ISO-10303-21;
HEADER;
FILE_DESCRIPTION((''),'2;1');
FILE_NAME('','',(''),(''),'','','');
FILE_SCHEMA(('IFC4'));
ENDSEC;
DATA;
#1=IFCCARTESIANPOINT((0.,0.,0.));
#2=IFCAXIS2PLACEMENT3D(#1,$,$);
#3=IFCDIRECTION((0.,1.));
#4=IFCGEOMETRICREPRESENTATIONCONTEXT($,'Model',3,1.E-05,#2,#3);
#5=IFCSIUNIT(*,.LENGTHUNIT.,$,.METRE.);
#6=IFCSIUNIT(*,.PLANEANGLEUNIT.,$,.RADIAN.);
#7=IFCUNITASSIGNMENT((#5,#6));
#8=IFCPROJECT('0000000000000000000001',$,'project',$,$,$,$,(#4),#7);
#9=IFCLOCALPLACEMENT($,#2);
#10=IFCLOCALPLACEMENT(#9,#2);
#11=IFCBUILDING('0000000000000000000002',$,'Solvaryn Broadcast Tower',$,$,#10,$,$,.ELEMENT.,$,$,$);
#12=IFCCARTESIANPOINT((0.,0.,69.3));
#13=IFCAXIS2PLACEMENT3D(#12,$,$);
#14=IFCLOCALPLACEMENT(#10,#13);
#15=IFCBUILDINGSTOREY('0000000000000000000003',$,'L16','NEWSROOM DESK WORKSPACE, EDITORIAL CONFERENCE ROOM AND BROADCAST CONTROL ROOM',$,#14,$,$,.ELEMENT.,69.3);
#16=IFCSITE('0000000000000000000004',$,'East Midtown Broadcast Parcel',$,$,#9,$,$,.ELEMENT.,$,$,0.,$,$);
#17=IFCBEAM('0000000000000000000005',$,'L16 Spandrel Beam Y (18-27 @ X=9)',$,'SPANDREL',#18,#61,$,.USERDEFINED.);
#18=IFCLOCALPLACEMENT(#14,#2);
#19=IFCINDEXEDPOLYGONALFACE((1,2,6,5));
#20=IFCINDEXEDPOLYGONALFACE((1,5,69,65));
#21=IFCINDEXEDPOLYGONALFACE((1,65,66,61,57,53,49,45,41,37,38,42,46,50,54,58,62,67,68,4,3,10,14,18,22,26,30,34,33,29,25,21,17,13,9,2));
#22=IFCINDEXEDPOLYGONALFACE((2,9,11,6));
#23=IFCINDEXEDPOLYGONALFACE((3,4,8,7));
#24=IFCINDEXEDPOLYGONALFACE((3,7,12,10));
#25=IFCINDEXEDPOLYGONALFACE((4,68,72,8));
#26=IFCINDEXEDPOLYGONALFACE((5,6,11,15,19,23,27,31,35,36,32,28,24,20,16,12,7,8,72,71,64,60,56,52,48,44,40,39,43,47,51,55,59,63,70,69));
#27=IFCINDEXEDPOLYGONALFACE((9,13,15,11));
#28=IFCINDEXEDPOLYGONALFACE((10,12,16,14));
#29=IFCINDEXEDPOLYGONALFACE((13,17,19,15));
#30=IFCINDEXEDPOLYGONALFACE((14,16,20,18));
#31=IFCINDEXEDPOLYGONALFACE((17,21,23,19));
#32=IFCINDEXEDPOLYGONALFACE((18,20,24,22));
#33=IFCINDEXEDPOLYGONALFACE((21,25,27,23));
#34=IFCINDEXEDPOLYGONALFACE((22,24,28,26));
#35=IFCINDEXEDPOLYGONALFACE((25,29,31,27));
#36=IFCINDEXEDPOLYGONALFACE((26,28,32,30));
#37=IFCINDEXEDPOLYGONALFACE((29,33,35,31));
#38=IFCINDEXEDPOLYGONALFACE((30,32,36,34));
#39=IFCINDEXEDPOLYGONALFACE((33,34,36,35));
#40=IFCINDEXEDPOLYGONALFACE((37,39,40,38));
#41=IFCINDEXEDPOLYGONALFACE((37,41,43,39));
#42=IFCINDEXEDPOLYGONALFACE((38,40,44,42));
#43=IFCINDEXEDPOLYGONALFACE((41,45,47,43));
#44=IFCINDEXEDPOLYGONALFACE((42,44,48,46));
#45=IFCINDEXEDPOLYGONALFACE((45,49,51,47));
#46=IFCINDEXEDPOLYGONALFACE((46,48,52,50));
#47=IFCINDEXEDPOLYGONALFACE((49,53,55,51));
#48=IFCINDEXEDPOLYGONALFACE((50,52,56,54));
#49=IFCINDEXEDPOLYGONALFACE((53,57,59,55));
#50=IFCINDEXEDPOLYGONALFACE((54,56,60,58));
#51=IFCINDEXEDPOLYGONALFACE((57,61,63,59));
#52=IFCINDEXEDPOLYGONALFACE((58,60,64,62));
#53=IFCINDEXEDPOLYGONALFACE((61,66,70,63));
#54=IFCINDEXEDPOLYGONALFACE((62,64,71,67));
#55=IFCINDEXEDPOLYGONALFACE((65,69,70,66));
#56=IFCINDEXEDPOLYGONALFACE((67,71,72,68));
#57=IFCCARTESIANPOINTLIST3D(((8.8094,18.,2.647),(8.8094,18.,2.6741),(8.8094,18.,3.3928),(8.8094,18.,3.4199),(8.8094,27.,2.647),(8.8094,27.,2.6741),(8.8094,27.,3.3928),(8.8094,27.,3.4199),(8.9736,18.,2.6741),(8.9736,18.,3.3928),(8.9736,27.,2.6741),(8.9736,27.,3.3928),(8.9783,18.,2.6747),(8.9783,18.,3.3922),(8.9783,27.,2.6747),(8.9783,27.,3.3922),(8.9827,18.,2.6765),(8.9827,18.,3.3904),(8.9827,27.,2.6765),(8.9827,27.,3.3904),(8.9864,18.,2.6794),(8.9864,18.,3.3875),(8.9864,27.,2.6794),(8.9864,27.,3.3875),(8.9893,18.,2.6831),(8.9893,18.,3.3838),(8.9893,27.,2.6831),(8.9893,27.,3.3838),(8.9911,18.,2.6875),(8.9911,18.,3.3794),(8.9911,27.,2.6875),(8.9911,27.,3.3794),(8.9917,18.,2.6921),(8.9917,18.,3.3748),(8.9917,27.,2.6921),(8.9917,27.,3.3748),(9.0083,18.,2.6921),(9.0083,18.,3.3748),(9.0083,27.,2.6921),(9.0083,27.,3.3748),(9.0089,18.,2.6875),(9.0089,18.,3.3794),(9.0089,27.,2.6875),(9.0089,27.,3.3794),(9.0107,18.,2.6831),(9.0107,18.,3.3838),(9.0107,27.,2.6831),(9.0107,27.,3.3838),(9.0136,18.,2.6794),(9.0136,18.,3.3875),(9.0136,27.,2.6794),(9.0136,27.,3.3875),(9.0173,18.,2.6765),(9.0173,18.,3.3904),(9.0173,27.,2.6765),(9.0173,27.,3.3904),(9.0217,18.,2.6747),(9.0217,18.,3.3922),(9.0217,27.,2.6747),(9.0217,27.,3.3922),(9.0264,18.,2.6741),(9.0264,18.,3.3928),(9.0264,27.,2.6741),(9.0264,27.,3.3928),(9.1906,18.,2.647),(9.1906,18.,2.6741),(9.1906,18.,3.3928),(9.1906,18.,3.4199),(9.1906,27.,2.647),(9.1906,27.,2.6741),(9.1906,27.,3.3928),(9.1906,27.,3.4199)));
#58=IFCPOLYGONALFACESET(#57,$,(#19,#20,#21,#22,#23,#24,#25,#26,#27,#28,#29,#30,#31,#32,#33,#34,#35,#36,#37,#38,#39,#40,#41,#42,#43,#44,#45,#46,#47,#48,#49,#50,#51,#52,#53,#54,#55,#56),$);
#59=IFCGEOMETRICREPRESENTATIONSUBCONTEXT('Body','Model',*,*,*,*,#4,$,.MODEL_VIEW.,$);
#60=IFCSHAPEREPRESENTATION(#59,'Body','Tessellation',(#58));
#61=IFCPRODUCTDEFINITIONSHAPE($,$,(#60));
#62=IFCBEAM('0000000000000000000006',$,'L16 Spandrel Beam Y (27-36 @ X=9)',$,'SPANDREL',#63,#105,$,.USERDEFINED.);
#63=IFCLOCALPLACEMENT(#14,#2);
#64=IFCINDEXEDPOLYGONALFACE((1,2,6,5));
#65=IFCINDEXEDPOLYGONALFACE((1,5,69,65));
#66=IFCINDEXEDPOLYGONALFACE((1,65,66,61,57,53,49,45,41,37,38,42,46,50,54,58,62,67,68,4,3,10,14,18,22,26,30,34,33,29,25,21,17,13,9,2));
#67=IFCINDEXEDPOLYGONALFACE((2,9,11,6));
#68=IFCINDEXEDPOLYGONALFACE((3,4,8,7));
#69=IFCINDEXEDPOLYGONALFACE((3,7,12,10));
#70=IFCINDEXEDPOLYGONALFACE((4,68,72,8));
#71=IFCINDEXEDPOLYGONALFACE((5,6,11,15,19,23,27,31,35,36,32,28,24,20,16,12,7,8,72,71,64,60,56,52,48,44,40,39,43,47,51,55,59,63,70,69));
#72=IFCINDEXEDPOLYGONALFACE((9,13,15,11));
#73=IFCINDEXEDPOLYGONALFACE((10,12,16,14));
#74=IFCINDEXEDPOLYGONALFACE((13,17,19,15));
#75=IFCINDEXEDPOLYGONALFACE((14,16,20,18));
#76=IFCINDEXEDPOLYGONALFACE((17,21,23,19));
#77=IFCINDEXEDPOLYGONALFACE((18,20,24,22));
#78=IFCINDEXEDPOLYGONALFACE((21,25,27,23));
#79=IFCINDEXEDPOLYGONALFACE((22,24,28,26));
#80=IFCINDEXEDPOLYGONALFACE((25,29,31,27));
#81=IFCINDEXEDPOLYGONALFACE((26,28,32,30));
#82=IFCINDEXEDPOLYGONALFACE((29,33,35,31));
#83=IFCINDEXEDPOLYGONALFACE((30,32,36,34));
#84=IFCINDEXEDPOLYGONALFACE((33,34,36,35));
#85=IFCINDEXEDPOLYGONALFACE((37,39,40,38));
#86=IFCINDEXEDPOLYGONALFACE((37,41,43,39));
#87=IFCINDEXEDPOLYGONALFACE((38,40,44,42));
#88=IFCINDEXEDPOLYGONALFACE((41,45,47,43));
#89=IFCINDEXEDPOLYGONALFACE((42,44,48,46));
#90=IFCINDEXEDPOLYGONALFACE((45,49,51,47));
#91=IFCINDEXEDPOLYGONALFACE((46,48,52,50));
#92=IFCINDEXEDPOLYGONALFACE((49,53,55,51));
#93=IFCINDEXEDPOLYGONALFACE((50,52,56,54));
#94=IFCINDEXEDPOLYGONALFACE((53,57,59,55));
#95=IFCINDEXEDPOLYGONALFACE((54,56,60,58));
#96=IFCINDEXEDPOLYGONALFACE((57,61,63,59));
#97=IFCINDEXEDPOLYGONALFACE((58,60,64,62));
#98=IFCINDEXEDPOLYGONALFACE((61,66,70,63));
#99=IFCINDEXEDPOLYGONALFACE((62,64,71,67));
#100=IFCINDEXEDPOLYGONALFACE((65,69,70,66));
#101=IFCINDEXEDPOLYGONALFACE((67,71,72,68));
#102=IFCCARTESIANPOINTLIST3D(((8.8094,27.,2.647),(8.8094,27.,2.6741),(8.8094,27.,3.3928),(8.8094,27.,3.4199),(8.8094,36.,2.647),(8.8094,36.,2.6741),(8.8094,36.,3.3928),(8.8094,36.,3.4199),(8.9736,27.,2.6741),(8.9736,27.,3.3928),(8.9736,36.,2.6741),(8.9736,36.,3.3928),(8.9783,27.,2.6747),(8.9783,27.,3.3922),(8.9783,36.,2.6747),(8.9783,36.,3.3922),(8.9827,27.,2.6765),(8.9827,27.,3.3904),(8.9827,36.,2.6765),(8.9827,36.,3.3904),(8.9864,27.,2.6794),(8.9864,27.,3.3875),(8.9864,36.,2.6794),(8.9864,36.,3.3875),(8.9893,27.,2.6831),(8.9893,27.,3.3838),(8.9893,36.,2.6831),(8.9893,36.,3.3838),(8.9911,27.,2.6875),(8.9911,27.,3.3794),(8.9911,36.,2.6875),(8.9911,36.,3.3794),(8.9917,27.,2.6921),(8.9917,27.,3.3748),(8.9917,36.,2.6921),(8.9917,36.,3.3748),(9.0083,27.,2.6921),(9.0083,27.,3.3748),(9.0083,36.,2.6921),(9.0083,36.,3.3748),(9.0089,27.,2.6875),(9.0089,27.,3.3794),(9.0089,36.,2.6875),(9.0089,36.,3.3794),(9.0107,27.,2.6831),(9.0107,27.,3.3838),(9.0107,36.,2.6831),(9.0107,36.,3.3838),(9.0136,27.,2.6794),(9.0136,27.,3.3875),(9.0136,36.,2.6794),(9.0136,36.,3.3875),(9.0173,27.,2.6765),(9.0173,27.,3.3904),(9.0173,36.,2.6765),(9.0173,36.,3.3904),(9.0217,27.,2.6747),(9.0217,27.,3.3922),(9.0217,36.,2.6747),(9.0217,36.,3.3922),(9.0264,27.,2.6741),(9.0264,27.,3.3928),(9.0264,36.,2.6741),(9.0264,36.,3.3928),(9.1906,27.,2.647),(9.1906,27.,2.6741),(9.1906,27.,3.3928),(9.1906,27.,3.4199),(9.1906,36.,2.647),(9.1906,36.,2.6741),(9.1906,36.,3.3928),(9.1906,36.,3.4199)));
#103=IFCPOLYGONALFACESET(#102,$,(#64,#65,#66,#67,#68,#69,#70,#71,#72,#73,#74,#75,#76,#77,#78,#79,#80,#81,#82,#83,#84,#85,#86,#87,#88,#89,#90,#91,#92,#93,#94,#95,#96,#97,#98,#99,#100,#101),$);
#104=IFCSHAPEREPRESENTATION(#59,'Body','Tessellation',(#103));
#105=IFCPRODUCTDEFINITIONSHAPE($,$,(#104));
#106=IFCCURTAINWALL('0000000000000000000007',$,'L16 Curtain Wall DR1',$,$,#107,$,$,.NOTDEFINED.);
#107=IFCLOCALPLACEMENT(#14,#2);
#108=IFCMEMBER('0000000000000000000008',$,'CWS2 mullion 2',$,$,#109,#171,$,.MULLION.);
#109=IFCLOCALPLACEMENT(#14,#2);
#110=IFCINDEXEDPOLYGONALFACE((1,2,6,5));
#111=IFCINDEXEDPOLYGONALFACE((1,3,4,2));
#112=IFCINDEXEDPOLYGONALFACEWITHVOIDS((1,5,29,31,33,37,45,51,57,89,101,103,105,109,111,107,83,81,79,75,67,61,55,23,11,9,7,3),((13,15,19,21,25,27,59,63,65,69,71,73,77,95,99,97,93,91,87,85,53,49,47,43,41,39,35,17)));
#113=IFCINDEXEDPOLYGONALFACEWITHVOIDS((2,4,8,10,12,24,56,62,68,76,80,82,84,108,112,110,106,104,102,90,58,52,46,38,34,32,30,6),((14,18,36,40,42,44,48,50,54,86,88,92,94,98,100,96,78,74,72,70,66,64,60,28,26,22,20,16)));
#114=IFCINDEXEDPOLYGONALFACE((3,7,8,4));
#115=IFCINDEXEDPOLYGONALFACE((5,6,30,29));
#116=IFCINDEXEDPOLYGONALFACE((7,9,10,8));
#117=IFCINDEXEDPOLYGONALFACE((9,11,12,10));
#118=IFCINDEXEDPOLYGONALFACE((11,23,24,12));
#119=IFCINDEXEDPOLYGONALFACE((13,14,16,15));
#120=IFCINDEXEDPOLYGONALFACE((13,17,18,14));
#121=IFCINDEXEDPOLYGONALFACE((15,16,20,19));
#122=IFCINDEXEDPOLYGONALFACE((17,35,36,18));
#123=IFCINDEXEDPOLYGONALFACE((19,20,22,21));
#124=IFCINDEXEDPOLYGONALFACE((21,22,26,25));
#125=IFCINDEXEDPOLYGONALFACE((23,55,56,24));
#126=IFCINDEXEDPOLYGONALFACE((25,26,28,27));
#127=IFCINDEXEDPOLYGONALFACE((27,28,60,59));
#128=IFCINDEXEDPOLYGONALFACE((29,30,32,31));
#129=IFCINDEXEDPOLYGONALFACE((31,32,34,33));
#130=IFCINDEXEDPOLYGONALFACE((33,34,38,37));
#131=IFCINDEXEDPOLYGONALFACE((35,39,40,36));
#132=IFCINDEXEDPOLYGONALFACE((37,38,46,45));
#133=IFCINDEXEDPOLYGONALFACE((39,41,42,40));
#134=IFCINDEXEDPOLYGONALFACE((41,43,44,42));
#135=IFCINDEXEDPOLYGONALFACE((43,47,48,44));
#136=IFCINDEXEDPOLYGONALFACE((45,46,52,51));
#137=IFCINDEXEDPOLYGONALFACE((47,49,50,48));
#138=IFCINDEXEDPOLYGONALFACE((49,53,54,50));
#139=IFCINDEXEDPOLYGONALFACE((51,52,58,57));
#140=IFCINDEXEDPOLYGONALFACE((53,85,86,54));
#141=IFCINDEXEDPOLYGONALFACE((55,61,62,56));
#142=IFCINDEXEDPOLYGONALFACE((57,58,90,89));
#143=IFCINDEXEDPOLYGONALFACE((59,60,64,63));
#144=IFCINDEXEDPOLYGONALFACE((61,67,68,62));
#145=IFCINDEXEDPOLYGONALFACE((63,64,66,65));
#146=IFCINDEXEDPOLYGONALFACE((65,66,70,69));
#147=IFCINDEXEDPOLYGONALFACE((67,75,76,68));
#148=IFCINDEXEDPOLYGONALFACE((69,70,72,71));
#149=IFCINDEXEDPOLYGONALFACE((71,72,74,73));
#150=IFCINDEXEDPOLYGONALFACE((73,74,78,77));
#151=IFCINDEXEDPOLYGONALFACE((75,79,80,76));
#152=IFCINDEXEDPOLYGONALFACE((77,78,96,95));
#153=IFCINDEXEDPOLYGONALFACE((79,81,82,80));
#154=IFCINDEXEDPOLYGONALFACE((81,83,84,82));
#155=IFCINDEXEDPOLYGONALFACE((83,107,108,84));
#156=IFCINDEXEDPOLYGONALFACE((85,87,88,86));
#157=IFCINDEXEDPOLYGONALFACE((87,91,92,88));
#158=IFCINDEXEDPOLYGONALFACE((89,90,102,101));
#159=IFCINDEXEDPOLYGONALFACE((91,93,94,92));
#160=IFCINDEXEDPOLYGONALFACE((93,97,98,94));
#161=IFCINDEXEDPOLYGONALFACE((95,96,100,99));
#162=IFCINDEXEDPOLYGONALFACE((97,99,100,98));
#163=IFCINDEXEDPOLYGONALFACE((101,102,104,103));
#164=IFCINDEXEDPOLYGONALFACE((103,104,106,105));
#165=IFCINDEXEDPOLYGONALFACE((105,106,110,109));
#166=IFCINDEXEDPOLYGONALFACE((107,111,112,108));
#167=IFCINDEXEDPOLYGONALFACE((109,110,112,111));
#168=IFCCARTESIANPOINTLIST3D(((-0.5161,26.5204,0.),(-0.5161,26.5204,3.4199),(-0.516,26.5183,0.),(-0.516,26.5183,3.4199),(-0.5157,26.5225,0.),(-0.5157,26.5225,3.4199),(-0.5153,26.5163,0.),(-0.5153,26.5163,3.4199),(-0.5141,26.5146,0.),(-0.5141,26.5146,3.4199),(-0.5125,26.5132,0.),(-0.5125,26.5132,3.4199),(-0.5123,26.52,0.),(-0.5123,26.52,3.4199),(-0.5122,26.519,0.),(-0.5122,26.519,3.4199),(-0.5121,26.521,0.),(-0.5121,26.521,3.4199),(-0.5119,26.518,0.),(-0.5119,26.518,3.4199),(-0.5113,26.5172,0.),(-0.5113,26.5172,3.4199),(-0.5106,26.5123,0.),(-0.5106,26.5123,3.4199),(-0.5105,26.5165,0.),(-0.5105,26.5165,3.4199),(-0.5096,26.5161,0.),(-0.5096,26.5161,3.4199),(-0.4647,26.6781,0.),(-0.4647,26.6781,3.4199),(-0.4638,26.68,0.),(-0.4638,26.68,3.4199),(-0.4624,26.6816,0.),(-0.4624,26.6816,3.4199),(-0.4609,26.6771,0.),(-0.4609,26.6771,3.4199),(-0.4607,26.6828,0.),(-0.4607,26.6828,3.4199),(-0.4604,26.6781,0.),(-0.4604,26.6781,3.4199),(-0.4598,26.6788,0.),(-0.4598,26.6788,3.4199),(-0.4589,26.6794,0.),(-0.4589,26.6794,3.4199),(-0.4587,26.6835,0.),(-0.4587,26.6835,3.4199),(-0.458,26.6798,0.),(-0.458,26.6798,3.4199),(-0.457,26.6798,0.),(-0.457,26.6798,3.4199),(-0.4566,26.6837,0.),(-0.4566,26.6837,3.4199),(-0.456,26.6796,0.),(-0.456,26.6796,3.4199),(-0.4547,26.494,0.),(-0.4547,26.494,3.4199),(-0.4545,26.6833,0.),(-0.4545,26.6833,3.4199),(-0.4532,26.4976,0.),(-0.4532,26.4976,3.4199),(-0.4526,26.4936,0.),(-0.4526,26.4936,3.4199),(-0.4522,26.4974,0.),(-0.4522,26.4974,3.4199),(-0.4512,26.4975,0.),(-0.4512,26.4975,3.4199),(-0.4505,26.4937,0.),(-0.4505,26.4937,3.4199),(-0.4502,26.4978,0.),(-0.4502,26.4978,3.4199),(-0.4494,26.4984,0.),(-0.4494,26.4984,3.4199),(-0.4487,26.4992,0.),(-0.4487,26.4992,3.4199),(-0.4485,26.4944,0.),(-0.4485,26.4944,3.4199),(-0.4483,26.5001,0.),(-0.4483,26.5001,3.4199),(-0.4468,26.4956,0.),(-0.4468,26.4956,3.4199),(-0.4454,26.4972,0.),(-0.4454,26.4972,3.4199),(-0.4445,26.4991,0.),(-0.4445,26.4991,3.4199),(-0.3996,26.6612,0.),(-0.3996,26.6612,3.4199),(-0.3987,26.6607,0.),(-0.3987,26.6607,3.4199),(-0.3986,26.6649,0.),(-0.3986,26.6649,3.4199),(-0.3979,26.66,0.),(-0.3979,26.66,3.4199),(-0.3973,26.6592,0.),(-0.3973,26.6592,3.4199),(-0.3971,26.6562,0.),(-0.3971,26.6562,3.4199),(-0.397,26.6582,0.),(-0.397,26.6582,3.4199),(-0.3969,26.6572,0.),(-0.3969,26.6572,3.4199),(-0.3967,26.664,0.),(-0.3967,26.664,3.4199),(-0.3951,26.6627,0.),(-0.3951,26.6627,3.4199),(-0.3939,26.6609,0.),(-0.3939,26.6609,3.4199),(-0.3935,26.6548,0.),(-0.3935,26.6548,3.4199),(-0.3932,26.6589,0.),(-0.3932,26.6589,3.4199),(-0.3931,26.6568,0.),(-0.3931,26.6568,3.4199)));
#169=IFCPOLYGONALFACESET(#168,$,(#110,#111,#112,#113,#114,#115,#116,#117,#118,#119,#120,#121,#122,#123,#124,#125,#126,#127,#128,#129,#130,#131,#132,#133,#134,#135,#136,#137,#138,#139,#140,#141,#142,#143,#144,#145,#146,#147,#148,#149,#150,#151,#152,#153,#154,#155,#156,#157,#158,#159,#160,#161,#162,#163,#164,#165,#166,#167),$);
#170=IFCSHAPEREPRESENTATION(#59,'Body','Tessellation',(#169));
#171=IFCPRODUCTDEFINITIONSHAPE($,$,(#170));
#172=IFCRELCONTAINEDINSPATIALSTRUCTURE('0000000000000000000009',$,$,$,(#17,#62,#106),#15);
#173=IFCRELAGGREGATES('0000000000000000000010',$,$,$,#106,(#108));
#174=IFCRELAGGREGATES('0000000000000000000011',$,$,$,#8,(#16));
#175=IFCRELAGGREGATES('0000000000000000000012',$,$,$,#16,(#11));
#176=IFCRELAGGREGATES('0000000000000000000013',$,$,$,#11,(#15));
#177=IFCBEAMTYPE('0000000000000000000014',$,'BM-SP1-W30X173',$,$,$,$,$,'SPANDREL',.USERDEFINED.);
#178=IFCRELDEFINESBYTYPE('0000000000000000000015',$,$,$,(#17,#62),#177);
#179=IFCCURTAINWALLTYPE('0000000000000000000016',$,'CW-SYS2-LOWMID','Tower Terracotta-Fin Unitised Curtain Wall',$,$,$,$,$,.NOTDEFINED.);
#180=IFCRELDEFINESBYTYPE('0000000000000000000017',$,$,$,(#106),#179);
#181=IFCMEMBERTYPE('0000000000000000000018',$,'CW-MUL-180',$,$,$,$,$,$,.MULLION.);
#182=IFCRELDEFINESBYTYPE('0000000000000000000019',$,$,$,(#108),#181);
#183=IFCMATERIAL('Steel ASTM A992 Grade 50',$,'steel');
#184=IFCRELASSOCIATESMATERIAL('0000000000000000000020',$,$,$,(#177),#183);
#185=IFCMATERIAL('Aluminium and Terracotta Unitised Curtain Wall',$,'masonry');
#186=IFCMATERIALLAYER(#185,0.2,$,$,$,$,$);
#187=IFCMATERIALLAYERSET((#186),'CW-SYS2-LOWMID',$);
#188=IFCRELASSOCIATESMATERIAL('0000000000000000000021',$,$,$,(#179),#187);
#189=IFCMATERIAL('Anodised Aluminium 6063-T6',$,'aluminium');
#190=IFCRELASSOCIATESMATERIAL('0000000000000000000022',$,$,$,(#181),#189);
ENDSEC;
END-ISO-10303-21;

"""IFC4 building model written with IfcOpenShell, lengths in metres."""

from ifc_helpers import new_model, si_unit, direction, frame, origin, origin_2d, place, context, subcontext, project, spatial, hollow_rectangle, i_section, extrude, material, layer, layer_set, material_profile, profile_set, type_object, element, aggregate, save


model = new_model("IFC4")

# Units and contexts
model_context = context("Model", 3, precision=1e-05, world=origin(), true_north=direction((0.0, 1.0)))
body_context = subcontext(model_context, "Body", "Model", "MODEL_VIEW")
ifc_project = project(units=[si_unit("LENGTHUNIT", "METRE"), si_unit("PLANEANGLEUNIT", "RADIAN")], contexts=[model_context])

# Site, building, storey
site_placement = place(None, origin())
site = spatial("IfcSite", under=ifc_project, at=site_placement, Name="East Midtown Broadcast Parcel", CompositionType="ELEMENT", RefElevation=0.0)
building_placement = place(site_placement, origin())
building = spatial("IfcBuilding", under=site, at=building_placement, Name="Solvaryn Broadcast Tower", CompositionType="ELEMENT")
storey_placement = place(building_placement, frame((0.0, 0.0, 69.3)))
storey = spatial("IfcBuildingStorey", under=building, at=storey_placement, Name="L16", Description="NEWSROOM DESK WORKSPACE, EDITORIAL CONFERENCE ROOM AND BROADCAST CONTROL ROOM", CompositionType="ELEMENT", Elevation=69.3)

# Beams
ifc_material_1 = material(Name="Steel ASTM A992 Grade 50", Category="steel")
ifc_material_profile_1 = material_profile(ifc_material_1, i_section(OverallWidth=0.3811, OverallDepth=0.7729, WebThickness=0.0166, FlangeThickness=0.0271, FilletRadius=0.0181, at=origin_2d()))
ifc_profile_set_1 = profile_set([ifc_material_profile_1], Name="Steel ASTM A992 Grade 50")
beam_type_1 = type_object("IfcBeamType", Name="BM-SP1-W30X173", ElementType="SPANDREL", PredefinedType="USERDEFINED", material=ifc_profile_set_1)
for number, where, z_axis, x_axis, name in (
    (1, (9.0, 18.0, 3.0334), (0.0, 1.0, 0.0), (-1.0, 0.0, 0.0), "L16 Spandrel Beam Y (18-27 @ X=9)"),
    (2, (9.0, 27.0, 3.0334), (0.0, 1.0, 0.0), (-1.0, 0.0, 0.0), "L16 Spandrel Beam Y (27-36 @ X=9)"),
):
    element("IfcBeam", number, at=place(storey_placement, frame(where, z_axis=z_axis, x_axis=x_axis)), inside=storey, type_object=beam_type_1, Name=name, ObjectType="SPANDREL", PredefinedType="USERDEFINED", context=body_context, shape_type="SweptSolid", body=[
        extrude(i_section(OverallWidth=0.3811, OverallDepth=0.7729, WebThickness=0.0166, FlangeThickness=0.0271, FilletRadius=0.0181, at=origin_2d()), origin(), (0.0, 0.0, 1.0), 9.0),
    ])

# Curtain wall, member
ifc_material_2 = material(Name="Aluminium and Terracotta Unitised Curtain Wall", Category="masonry")
ifc_layer_1 = layer(ifc_material_2, 0.2)
ifc_layer_set_1 = layer_set([ifc_layer_1], Name="CW-SYS2-LOWMID")
curtain_wall_type_1 = type_object("IfcCurtainWallType", Name="CW-SYS2-LOWMID", Description="Tower Terracotta-Fin Unitised Curtain Wall", PredefinedType="NOTDEFINED", material=ifc_layer_set_1)
curtain_wall_1_placement = place(storey_placement, origin())
curtain_wall_1 = element("IfcCurtainWall", 3, at=curtain_wall_1_placement, inside=storey, type_object=curtain_wall_type_1, Name="L16 Curtain Wall DR1", PredefinedType="NOTDEFINED")
ifc_material_3 = material(Name="Anodised Aluminium 6063-T6", Category="aluminium")
ifc_material_profile_2 = material_profile(ifc_material_3, hollow_rectangle(XDim=0.075, YDim=0.1799, WallThickness=0.0039, InnerFilletRadius=0.0039, OuterFilletRadius=0.0081, at=origin_2d()))
ifc_profile_set_2 = profile_set([ifc_material_profile_2], Name="Anodised Aluminium 6063-T6")
member_type_1 = type_object("IfcMemberType", Name="CW-MUL-180", PredefinedType="MULLION", material=ifc_profile_set_2)
member_1_placement = place(storey_placement, frame((-0.4546, 26.5886, 0.0), z_axis=(0.0, 0.0, 1.0), x_axis=(0.950215, -0.311594, 0.0)))
member_1 = element("IfcMember", 4, at=member_1_placement, type_object=member_type_1, Name="CWS2 mullion 2", PredefinedType="MULLION", context=body_context, shape_type="SweptSolid", body=[
    extrude(hollow_rectangle(XDim=0.075, YDim=0.1799, WallThickness=0.0039, InnerFilletRadius=0.0039, OuterFilletRadius=0.0081, at=origin_2d()), origin(), (0.0, 0.0, 1.0), 3.4199),
])
aggregate(curtain_wall_1, [member_1])

save(model, "model.ifc")
